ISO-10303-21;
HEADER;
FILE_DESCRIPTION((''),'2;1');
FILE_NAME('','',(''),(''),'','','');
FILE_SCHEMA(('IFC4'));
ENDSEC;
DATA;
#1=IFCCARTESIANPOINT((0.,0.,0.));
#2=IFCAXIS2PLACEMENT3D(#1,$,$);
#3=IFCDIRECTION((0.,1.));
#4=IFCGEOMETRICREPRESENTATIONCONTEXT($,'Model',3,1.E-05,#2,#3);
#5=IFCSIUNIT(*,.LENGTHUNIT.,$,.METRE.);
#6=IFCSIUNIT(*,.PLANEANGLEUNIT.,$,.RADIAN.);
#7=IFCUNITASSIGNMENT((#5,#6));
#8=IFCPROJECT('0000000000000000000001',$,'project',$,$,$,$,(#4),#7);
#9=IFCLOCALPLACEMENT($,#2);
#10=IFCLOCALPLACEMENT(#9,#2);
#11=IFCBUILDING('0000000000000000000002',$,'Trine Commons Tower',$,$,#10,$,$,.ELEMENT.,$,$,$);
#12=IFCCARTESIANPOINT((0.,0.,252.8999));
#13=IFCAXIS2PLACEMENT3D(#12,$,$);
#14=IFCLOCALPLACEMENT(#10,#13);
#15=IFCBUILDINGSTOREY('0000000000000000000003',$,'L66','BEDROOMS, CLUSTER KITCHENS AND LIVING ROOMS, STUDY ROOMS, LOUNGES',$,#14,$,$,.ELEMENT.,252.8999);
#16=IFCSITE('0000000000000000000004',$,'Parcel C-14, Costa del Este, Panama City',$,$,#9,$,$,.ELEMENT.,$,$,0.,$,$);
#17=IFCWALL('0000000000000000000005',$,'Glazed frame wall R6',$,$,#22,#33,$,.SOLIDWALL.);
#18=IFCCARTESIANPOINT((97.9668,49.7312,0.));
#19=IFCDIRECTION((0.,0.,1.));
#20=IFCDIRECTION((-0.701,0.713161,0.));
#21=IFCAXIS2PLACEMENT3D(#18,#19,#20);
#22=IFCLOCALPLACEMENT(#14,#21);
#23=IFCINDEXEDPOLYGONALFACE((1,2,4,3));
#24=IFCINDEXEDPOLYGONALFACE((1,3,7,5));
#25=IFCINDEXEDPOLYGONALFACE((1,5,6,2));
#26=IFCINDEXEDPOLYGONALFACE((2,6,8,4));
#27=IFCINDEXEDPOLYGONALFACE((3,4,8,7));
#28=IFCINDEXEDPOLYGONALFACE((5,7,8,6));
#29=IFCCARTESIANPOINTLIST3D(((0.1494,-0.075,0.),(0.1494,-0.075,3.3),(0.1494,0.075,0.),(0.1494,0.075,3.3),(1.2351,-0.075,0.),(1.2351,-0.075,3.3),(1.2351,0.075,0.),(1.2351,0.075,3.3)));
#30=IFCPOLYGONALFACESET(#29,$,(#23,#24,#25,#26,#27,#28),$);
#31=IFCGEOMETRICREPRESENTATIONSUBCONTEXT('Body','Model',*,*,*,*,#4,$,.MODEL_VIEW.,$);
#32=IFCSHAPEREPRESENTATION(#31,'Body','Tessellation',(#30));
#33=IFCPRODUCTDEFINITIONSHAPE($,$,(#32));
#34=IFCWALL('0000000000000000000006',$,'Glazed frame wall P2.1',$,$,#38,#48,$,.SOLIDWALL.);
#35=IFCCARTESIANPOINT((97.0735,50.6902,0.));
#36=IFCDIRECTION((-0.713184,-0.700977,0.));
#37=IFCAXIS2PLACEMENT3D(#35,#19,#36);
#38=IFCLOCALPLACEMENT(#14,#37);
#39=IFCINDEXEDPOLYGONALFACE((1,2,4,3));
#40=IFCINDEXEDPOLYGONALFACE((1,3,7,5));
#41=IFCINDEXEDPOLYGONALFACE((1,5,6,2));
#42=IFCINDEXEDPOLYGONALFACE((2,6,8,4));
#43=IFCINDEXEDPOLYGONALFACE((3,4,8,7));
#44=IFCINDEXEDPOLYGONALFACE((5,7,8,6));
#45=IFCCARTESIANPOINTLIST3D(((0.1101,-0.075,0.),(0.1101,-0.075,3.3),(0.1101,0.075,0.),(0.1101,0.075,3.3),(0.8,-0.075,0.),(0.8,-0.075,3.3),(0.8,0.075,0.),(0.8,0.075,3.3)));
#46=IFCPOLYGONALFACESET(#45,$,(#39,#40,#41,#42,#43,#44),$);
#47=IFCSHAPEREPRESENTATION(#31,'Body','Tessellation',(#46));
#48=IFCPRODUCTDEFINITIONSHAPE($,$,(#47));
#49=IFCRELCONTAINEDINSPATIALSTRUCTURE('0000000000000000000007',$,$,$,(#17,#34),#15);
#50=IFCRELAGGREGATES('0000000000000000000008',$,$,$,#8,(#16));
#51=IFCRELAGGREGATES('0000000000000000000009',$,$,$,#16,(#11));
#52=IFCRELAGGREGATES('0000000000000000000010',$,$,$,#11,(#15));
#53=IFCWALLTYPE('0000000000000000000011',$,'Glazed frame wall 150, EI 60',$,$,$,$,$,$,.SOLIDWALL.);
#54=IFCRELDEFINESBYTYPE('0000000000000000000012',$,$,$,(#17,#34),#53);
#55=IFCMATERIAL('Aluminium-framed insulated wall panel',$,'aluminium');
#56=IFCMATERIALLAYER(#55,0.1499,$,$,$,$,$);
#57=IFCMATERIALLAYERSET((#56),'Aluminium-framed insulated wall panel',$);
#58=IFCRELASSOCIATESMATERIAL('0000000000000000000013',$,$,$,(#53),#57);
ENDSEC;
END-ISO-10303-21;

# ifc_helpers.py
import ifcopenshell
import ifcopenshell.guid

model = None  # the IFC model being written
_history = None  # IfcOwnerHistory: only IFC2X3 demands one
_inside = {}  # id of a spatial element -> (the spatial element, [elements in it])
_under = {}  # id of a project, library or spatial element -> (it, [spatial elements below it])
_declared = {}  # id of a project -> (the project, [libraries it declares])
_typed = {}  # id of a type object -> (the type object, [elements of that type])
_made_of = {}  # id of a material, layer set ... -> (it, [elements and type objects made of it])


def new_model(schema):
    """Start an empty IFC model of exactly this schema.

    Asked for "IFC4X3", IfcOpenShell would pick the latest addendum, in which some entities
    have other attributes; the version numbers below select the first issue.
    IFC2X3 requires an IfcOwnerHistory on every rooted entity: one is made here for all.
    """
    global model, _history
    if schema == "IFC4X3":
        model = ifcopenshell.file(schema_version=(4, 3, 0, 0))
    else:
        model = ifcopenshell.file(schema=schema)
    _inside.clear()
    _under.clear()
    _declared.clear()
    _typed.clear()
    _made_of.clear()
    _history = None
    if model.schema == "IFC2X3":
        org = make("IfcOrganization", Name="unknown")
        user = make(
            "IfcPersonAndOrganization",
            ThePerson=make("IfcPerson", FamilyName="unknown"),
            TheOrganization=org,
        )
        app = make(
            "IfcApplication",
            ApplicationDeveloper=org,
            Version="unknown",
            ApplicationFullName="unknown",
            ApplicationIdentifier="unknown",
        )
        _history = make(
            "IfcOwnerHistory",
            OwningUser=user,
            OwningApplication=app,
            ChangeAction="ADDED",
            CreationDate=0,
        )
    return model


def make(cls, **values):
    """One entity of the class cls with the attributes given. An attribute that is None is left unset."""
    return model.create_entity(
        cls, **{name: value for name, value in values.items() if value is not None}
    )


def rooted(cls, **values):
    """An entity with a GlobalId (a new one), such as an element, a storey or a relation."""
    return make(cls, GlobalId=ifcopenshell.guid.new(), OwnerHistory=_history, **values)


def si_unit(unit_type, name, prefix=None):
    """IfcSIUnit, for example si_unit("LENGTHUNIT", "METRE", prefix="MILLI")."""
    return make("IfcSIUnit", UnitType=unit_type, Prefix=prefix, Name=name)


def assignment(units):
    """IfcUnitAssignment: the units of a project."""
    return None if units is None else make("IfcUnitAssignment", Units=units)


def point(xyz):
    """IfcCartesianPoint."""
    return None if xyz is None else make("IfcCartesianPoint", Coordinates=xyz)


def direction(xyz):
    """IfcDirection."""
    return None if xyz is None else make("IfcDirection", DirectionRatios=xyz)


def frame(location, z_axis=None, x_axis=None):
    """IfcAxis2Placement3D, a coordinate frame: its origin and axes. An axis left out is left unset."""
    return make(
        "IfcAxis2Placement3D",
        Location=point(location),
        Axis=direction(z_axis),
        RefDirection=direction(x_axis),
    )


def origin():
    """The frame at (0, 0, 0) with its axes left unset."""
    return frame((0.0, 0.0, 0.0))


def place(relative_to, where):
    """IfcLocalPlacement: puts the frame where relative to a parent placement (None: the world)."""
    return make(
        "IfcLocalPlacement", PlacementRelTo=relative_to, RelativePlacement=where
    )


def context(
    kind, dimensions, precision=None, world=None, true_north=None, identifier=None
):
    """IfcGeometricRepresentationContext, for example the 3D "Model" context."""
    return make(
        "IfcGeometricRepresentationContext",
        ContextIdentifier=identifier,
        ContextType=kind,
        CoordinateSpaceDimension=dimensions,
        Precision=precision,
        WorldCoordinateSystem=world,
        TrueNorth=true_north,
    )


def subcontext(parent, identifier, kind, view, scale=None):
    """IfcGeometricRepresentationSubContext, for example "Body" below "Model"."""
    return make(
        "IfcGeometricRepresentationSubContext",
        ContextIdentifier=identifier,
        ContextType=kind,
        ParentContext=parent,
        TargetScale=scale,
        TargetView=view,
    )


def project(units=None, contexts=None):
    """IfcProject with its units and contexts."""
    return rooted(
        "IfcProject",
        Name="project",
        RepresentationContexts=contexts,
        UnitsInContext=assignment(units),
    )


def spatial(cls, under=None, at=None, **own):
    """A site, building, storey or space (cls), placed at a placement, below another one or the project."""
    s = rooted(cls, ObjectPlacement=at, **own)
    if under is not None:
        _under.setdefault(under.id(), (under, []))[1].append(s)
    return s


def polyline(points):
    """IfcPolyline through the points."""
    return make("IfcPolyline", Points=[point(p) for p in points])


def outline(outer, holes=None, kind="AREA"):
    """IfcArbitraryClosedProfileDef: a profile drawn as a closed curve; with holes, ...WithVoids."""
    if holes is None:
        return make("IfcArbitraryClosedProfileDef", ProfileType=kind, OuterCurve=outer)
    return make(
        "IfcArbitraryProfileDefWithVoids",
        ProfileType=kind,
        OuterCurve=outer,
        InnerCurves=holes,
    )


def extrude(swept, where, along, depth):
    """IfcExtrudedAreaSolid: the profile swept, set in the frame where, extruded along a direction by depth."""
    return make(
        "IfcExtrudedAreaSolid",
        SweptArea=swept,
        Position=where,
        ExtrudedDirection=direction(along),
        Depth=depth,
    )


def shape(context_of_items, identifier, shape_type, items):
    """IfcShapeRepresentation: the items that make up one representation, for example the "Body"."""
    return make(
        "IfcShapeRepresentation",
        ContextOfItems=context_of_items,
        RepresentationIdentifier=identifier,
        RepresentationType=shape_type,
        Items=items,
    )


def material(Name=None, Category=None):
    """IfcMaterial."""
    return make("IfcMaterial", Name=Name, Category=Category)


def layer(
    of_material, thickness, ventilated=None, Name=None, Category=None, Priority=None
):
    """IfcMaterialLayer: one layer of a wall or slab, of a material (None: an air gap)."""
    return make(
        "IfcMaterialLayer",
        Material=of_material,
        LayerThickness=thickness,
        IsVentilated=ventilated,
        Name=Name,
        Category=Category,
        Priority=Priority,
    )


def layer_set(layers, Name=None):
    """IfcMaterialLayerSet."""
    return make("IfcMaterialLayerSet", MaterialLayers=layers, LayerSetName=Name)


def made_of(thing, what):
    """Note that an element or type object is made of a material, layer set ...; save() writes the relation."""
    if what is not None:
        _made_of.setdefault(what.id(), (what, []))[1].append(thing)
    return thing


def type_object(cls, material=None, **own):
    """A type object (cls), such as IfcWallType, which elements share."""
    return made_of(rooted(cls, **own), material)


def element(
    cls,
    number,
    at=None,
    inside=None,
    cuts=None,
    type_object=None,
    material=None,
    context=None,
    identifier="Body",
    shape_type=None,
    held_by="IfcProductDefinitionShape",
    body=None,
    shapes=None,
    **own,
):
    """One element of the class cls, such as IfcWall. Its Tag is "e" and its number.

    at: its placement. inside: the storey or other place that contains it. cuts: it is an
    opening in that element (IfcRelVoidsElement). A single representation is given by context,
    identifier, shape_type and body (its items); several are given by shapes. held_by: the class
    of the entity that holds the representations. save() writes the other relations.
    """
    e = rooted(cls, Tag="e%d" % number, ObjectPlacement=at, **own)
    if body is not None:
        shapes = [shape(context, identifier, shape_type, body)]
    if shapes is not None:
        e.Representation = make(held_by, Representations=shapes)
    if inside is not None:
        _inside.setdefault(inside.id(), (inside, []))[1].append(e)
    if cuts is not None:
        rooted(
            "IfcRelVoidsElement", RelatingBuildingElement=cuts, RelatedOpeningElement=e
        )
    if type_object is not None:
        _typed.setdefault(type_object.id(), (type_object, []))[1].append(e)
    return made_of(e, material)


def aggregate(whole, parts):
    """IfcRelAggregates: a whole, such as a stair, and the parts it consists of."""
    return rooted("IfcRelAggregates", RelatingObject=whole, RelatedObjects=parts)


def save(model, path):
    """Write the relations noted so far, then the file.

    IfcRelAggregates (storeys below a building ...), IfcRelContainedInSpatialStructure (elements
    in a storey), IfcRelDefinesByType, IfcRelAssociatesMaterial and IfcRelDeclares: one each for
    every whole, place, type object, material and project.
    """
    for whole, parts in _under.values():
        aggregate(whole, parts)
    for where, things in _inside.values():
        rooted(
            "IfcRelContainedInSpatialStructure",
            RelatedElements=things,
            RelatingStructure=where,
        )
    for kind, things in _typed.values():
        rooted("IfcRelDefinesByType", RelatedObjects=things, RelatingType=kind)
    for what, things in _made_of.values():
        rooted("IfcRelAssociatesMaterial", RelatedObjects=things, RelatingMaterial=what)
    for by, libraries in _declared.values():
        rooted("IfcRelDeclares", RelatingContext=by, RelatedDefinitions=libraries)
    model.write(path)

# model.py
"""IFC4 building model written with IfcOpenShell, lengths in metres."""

from ifc_helpers import new_model, si_unit, direction, frame, origin, place, context, subcontext, project, spatial, polyline, outline, extrude, material, layer, layer_set, type_object, element, save


model = new_model("IFC4")

# Units and contexts
model_context = context("Model", 3, precision=1e-05, world=origin(), true_north=direction((0.0, 1.0)))
body_context = subcontext(model_context, "Body", "Model", "MODEL_VIEW")
ifc_project = project(units=[si_unit("LENGTHUNIT", "METRE"), si_unit("PLANEANGLEUNIT", "RADIAN")], contexts=[model_context])

# Site, building, storey
site_placement = place(None, origin())
site = spatial("IfcSite", under=ifc_project, at=site_placement, Name="Parcel C-14, Costa del Este, Panama City", CompositionType="ELEMENT", RefElevation=0.0)
building_placement = place(site_placement, origin())
building = spatial("IfcBuilding", under=site, at=building_placement, Name="Trine Commons Tower", CompositionType="ELEMENT")
storey_placement = place(building_placement, frame((0.0, 0.0, 252.8999)))
storey = spatial("IfcBuildingStorey", under=building, at=storey_placement, Name="L66", Description="BEDROOMS, CLUSTER KITCHENS AND LIVING ROOMS, STUDY ROOMS, LOUNGES", CompositionType="ELEMENT", Elevation=252.8999)

# Walls
ifc_material_1 = material(Name="Aluminium-framed insulated wall panel", Category="aluminium")
ifc_layer_1 = layer(ifc_material_1, 0.1499)
ifc_layer_set_1 = layer_set([ifc_layer_1], Name="Aluminium-framed insulated wall panel")
wall_type_1 = type_object("IfcWallType", Name="Glazed frame wall 150, EI 60", PredefinedType="SOLIDWALL", material=ifc_layer_set_1)
wall_1_placement = place(storey_placement, frame((97.9668, 49.7312, 0.0), z_axis=(0.0, 0.0, 1.0), x_axis=(-0.701, 0.713161, 0.0)))
element("IfcWall", 1, at=wall_1_placement, inside=storey, type_object=wall_type_1, Name="Glazed frame wall R6", PredefinedType="SOLIDWALL", context=body_context, shape_type="SweptSolid", body=[
    extrude(outline(polyline([(0.1494, 0.075), (0.1494, -0.075), (1.2351, -0.075), (1.2351, 0.075), (0.1494, 0.075)])), origin(), (0.0, 0.0, 1.0), 3.3),
])
wall_2_placement = place(storey_placement, frame((97.0735, 50.6902, 0.0), z_axis=(0.0, 0.0, 1.0), x_axis=(-0.713184, -0.700977, 0.0)))
element("IfcWall", 2, at=wall_2_placement, inside=storey, type_object=wall_type_1, Name="Glazed frame wall P2.1", PredefinedType="SOLIDWALL", context=body_context, shape_type="SweptSolid", body=[
    extrude(outline(polyline([(0.1101, -0.075), (0.8, -0.075), (0.8, 0.075), (0.1101, 0.075), (0.1101, -0.075)])), origin(), (0.0, 0.0, 1.0), 3.3),
])

save(model, "model.ifc")
